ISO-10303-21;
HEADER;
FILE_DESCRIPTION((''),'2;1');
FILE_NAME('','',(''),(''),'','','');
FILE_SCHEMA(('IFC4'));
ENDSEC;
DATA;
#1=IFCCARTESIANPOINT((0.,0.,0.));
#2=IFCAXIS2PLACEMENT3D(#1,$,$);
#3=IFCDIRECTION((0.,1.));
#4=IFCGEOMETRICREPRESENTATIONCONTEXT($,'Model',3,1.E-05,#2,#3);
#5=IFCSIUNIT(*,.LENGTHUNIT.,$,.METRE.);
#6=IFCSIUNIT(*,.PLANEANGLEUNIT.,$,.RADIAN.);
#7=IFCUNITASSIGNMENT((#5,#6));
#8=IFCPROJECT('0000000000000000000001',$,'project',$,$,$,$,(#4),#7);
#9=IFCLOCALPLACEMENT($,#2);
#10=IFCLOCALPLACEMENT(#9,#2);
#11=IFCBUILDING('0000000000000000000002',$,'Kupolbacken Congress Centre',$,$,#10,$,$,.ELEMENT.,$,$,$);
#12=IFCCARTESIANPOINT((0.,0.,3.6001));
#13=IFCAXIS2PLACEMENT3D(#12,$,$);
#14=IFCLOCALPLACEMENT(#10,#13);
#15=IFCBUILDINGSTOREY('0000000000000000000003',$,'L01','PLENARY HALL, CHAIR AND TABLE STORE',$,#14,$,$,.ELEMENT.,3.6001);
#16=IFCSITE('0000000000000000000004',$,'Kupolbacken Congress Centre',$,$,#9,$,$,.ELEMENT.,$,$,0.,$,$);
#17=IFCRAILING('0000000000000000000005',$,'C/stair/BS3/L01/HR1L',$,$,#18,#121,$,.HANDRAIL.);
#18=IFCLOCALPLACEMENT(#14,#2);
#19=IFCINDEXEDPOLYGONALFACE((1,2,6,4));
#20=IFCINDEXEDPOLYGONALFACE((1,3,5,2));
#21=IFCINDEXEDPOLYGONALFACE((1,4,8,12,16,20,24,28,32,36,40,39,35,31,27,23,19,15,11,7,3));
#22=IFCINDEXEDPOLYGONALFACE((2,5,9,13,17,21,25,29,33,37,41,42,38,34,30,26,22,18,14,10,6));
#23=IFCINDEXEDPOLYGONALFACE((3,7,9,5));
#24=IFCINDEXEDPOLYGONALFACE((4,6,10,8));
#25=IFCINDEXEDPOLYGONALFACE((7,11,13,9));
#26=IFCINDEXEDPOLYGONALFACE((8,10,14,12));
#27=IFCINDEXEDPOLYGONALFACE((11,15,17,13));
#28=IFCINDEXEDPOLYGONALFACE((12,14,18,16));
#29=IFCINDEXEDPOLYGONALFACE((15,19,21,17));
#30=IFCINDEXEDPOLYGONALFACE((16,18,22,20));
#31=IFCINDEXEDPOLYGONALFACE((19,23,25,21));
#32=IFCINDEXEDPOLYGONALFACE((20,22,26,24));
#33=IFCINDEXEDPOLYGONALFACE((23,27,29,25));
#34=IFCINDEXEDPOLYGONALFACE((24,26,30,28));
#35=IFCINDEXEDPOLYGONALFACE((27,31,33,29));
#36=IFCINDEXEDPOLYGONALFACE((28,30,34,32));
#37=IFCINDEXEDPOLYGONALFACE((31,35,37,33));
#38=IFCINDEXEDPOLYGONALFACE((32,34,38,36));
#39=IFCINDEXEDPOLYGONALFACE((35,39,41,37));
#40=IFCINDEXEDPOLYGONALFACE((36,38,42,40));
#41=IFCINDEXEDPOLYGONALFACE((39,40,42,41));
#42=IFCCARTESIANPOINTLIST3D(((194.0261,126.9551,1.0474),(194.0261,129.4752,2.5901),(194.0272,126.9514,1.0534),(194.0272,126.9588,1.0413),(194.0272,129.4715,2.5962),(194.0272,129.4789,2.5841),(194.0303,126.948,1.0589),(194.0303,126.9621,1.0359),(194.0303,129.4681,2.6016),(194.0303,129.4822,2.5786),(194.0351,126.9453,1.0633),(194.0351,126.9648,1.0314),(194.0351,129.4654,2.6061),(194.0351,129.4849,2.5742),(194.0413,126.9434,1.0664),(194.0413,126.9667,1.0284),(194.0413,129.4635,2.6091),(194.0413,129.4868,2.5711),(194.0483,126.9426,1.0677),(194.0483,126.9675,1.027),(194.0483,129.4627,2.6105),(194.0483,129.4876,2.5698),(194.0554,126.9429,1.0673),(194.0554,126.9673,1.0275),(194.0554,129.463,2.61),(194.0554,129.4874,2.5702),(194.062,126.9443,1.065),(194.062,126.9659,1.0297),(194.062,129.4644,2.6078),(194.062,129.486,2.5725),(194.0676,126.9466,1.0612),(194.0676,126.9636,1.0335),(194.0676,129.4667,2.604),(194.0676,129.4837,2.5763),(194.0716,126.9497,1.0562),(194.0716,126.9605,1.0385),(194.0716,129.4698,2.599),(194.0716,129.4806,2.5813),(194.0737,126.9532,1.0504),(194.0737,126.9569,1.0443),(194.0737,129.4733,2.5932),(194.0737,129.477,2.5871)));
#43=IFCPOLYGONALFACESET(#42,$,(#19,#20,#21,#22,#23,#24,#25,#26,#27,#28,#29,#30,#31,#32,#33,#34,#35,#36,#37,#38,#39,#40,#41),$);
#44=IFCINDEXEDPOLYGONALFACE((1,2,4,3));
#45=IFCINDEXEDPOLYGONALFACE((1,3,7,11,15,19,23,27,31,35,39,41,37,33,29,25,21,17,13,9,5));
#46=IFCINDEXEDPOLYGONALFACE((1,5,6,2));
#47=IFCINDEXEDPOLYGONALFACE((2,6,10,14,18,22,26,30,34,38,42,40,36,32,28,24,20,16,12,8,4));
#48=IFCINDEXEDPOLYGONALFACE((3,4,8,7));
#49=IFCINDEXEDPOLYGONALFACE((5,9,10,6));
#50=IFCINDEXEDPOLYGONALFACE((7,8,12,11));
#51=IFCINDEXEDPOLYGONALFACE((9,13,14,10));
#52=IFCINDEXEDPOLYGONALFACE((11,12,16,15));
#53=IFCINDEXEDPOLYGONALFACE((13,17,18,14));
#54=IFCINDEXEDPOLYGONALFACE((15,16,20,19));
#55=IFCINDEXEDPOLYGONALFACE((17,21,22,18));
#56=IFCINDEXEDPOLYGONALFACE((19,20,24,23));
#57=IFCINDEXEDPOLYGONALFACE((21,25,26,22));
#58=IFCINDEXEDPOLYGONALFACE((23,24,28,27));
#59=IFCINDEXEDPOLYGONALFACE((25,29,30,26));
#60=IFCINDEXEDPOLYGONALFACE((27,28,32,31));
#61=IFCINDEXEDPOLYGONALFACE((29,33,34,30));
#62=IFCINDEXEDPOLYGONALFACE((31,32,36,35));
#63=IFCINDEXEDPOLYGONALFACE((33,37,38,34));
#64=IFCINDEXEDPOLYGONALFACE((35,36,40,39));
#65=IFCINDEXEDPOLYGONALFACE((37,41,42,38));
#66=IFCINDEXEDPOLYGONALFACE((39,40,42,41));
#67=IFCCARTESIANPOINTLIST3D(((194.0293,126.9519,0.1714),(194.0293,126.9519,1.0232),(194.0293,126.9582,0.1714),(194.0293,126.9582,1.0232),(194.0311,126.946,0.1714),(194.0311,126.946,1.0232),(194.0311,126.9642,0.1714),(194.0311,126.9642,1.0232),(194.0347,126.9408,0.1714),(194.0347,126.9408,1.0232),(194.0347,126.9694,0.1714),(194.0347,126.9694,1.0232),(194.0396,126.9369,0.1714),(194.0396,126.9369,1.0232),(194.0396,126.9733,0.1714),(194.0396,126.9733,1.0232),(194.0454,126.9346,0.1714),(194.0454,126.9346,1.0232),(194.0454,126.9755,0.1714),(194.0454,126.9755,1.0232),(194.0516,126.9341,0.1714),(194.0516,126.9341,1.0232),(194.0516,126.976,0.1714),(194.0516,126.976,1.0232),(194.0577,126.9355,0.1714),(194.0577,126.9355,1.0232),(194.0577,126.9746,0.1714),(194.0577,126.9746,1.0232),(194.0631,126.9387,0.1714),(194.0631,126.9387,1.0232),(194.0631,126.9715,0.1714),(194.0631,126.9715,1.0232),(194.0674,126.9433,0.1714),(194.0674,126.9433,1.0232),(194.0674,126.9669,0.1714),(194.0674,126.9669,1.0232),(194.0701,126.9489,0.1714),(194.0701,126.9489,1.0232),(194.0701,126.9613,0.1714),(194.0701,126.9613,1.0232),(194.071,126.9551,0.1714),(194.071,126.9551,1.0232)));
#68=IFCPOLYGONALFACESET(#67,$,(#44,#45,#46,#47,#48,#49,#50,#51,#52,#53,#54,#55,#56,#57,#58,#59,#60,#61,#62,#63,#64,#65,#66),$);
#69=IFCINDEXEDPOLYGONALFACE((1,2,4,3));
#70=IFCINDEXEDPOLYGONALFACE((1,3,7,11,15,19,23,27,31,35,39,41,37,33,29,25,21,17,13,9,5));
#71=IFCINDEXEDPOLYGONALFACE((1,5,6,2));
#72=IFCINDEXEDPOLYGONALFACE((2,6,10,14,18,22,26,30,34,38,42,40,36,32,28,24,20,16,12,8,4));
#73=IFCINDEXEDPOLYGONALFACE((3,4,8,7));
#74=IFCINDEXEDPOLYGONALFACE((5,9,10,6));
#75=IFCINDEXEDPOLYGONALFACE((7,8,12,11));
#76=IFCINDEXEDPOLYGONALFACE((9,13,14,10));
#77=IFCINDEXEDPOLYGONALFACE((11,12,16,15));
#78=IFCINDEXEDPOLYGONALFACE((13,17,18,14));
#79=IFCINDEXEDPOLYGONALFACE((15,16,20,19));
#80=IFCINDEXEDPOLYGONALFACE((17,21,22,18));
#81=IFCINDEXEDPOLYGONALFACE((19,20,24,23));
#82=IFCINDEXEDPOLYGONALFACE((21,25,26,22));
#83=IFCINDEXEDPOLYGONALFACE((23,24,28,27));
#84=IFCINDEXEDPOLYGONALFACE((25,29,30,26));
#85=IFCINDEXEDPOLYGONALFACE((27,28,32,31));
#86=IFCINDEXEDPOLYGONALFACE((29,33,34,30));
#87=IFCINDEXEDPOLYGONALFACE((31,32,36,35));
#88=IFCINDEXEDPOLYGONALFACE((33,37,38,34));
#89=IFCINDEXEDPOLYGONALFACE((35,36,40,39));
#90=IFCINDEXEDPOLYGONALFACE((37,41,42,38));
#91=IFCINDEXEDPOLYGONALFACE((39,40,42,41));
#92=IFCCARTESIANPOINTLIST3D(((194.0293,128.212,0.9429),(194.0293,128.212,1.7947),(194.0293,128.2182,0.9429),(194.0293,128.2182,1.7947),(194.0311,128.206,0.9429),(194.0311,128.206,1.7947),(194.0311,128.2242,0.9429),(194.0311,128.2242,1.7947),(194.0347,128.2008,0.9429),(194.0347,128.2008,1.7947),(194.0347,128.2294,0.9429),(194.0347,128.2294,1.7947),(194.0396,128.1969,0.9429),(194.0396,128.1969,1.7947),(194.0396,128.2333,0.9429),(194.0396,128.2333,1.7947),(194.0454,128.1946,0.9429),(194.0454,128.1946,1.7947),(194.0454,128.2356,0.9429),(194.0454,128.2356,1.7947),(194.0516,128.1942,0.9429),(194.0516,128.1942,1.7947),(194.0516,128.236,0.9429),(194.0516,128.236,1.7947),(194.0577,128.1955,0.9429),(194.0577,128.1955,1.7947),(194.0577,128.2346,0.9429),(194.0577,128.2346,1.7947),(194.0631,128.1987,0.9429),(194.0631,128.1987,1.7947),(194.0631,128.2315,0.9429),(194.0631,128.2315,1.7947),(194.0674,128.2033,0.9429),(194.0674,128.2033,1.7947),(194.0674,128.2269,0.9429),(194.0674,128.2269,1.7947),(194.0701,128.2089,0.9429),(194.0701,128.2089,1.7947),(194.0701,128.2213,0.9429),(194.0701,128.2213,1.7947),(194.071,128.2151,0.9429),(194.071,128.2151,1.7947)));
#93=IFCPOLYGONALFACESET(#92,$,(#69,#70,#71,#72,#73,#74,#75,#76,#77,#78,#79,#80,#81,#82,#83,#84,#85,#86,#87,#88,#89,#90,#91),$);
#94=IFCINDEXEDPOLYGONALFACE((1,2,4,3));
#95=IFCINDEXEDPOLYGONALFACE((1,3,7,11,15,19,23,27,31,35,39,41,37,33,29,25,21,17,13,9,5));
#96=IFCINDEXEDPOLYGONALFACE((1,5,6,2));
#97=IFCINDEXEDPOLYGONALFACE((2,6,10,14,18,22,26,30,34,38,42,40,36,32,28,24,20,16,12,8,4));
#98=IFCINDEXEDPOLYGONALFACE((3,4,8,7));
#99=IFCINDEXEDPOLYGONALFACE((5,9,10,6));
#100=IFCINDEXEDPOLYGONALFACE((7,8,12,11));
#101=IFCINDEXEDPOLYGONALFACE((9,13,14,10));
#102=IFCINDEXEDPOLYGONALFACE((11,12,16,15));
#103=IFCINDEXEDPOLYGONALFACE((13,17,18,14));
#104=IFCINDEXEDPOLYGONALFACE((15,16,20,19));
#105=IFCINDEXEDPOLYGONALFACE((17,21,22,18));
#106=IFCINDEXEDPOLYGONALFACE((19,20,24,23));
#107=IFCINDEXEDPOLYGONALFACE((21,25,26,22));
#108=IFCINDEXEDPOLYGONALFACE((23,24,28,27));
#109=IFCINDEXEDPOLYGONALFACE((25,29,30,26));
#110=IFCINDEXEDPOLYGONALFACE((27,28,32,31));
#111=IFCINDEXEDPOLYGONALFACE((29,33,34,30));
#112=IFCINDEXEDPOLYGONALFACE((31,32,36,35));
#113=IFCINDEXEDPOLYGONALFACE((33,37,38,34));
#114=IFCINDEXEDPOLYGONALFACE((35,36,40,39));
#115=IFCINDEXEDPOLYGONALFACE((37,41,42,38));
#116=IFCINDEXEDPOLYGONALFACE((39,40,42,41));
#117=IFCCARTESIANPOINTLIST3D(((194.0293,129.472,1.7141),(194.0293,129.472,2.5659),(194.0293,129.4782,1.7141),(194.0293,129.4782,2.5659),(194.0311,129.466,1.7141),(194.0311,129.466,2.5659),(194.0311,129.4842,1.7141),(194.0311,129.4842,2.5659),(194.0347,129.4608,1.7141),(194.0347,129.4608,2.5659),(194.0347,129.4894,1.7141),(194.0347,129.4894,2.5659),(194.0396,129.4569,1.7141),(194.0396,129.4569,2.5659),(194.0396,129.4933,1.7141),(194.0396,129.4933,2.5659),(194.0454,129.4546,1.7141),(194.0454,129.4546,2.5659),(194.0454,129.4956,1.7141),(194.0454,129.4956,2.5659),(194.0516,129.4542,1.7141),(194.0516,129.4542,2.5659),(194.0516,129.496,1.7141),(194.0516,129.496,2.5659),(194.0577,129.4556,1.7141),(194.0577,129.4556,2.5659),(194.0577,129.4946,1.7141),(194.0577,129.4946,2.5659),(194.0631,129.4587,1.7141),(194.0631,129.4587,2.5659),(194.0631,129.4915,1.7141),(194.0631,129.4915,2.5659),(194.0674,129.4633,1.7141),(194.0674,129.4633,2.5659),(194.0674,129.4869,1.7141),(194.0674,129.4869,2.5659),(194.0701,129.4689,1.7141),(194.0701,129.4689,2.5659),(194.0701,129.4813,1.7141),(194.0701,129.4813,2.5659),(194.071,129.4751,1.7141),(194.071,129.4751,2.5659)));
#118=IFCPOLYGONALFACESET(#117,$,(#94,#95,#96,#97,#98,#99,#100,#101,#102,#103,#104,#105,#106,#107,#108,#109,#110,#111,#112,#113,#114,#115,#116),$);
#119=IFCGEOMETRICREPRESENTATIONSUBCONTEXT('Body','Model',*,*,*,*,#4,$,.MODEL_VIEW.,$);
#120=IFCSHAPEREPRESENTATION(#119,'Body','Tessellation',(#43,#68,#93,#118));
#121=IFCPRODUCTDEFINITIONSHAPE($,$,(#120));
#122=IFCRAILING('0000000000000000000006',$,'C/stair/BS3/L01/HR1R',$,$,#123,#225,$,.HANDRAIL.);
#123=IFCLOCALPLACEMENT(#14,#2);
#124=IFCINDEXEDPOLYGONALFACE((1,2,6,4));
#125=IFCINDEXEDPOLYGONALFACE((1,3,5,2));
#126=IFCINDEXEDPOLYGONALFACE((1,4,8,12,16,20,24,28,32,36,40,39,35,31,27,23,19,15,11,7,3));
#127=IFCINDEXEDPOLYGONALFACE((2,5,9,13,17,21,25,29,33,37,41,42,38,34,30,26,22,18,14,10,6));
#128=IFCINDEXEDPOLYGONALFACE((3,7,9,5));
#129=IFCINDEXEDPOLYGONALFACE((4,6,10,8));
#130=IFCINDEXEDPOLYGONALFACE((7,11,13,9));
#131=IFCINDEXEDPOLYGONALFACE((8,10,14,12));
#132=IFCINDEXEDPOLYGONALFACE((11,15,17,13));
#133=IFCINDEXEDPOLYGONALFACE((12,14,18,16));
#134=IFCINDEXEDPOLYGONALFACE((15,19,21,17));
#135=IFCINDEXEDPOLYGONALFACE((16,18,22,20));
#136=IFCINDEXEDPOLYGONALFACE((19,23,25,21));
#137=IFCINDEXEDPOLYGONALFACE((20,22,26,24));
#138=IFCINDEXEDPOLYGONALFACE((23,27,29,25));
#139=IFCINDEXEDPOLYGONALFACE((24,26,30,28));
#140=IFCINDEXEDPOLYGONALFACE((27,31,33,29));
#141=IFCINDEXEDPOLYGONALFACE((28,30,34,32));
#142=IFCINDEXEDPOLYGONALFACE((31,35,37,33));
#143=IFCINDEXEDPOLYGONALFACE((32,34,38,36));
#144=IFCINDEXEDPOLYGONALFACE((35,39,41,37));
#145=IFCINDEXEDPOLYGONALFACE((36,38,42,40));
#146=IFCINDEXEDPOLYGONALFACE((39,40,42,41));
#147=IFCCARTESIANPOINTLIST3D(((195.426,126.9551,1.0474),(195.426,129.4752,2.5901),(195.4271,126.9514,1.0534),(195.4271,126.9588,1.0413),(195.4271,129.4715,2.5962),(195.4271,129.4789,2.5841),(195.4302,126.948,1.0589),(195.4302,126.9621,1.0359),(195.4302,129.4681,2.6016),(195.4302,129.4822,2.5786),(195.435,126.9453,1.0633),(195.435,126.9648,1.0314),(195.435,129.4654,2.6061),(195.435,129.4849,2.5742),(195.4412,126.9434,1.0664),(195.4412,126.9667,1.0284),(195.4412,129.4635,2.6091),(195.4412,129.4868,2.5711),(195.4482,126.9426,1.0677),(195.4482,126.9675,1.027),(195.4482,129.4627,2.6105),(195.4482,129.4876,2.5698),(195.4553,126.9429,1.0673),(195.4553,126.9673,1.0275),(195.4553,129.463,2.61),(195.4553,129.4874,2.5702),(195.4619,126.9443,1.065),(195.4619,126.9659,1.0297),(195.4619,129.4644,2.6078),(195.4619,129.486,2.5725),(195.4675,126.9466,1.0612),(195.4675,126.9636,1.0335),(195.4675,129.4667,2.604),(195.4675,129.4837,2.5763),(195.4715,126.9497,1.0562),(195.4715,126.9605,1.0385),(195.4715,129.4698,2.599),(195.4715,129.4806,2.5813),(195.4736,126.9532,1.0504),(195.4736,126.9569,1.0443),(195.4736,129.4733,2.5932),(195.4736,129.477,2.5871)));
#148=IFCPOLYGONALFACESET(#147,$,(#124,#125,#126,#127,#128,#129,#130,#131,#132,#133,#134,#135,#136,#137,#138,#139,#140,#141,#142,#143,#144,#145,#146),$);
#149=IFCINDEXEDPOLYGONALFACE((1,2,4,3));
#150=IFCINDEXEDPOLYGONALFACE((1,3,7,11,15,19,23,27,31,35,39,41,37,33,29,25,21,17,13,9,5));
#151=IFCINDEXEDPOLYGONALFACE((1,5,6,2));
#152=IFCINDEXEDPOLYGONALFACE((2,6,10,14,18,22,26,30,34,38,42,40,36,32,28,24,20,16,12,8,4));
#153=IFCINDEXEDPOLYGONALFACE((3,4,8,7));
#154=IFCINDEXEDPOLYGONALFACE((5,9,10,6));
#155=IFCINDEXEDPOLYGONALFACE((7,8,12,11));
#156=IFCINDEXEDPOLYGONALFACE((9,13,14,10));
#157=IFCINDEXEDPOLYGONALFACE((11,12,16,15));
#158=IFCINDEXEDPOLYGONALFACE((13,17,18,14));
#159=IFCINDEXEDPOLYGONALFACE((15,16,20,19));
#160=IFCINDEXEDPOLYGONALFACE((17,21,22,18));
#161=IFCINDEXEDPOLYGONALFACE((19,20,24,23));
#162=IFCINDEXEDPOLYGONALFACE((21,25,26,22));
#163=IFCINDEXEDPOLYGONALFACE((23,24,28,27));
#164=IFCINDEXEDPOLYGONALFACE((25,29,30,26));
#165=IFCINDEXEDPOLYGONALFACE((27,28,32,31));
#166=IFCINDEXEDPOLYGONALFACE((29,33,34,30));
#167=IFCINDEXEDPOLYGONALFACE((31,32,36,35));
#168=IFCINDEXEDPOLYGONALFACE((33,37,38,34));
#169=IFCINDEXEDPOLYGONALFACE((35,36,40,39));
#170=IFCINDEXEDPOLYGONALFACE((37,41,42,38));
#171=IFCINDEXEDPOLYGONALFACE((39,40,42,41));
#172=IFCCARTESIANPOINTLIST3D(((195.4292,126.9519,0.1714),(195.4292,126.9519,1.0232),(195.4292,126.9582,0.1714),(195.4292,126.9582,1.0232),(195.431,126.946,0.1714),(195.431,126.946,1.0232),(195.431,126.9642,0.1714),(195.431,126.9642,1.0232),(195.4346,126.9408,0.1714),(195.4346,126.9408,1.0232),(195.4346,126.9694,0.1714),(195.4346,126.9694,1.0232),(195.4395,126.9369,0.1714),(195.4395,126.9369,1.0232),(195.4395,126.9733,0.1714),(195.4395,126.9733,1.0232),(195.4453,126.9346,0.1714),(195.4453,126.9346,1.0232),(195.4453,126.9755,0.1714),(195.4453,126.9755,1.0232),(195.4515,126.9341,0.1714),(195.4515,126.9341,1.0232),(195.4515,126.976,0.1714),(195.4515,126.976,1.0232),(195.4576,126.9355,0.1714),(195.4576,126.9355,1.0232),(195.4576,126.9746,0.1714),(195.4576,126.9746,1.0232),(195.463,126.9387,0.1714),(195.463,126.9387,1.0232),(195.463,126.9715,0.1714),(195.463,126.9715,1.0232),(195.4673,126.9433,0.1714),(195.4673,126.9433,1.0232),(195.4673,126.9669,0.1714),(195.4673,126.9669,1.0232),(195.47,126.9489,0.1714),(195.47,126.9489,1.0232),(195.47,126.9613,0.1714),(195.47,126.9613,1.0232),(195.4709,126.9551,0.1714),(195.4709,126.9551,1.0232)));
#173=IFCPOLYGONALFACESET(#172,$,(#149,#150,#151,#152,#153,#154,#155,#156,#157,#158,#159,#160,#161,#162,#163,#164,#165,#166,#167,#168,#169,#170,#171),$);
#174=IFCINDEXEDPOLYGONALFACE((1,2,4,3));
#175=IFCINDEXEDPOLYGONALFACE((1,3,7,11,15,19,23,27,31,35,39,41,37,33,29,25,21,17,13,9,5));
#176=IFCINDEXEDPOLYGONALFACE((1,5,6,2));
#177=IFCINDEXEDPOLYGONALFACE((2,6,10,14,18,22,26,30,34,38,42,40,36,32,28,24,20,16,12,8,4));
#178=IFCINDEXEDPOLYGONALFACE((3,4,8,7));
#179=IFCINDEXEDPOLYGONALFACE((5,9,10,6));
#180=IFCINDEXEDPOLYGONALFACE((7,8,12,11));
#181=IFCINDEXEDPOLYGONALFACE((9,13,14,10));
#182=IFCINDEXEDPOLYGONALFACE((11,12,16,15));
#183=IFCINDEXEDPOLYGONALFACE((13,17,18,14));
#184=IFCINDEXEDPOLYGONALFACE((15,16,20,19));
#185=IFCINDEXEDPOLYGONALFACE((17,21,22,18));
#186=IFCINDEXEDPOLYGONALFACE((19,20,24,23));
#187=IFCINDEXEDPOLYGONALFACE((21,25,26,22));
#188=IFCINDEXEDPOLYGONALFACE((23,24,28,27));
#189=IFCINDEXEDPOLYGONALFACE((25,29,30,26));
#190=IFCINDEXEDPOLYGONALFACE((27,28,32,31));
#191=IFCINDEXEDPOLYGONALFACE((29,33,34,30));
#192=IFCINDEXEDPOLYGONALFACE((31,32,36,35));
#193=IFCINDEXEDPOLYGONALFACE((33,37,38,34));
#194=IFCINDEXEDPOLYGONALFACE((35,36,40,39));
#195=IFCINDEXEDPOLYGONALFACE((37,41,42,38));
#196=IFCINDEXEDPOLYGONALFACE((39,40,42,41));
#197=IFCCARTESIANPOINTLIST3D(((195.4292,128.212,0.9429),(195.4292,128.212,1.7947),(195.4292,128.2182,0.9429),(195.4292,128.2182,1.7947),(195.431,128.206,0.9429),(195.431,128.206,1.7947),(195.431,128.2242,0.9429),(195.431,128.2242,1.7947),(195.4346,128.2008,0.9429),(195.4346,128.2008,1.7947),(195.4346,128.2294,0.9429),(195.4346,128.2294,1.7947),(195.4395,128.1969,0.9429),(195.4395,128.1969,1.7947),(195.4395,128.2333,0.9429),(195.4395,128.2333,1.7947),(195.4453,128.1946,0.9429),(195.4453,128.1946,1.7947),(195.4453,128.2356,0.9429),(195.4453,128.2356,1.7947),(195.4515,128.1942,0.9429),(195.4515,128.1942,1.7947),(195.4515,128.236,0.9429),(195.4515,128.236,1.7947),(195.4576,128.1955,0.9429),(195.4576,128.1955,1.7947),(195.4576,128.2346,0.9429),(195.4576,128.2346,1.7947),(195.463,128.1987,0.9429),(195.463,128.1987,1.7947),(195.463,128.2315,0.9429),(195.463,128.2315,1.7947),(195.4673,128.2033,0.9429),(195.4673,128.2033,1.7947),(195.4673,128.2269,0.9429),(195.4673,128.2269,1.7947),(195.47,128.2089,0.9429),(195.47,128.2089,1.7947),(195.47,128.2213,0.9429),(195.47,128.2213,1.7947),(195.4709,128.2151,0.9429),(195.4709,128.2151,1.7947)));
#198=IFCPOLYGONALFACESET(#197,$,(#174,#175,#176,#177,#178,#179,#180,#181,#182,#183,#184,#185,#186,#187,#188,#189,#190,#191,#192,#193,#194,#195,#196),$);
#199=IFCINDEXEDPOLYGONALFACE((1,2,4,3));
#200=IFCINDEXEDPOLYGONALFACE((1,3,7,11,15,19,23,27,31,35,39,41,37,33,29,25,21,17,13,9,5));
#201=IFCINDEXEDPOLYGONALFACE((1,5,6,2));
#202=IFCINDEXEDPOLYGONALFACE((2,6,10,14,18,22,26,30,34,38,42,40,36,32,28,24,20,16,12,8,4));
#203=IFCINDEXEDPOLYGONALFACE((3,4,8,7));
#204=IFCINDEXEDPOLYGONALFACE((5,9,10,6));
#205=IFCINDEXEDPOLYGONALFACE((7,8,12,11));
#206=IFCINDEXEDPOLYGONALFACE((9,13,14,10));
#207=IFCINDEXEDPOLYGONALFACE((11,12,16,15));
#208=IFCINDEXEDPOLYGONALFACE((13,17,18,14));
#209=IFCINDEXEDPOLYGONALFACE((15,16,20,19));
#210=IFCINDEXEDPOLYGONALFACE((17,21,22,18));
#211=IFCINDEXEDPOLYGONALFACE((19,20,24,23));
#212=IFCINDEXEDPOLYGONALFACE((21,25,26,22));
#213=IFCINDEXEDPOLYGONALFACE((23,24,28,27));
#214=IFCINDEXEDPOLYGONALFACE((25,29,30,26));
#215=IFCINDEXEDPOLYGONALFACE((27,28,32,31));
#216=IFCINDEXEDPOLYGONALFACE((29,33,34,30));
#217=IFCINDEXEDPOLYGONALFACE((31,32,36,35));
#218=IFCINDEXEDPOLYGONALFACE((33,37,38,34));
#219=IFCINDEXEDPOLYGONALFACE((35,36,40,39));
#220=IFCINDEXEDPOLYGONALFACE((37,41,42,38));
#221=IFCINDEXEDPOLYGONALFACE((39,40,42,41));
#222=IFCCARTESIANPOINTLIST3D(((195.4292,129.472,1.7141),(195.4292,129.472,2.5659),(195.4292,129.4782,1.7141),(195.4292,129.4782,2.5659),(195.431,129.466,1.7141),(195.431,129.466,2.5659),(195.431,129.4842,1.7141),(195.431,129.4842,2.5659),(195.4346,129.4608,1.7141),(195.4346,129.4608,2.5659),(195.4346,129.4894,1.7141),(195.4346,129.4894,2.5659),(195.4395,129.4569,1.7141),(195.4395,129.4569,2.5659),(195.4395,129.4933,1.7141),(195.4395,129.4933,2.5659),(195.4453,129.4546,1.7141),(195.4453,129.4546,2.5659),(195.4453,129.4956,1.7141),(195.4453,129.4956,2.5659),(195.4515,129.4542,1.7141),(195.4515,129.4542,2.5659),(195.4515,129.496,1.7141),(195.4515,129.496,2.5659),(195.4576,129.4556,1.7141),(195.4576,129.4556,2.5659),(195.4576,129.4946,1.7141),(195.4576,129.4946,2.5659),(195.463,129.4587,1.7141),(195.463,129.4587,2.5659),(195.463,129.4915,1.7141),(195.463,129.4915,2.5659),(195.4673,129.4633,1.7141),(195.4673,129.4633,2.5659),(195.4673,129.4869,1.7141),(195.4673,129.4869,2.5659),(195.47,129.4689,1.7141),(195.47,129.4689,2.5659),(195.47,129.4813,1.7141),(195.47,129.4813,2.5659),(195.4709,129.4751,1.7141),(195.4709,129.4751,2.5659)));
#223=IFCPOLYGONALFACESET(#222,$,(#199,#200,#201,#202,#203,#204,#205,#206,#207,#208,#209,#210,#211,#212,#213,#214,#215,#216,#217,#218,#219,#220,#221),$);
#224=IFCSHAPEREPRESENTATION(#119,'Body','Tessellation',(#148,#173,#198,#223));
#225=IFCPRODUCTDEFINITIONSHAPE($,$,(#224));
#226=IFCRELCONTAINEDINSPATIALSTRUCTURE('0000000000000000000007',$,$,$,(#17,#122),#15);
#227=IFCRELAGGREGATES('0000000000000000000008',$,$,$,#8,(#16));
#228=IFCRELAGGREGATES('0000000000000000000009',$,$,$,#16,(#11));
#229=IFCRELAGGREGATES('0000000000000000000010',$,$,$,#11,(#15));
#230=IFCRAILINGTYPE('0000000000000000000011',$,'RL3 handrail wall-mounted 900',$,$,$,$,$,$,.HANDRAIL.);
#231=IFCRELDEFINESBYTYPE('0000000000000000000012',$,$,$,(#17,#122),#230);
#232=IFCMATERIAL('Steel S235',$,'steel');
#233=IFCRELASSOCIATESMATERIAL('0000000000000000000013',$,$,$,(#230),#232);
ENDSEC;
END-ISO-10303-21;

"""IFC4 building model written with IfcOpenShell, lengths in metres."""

from ifc_helpers import new_model, si_unit, direction, frame, origin, origin_2d, place, context, subcontext, project, spatial, circle, extrude, material, type_object, element, save


model = new_model("IFC4")

# Units and contexts
model_context = context("Model", 3, precision=1e-05, world=origin(), true_north=direction((0.0, 1.0)))
body_context = subcontext(model_context, "Body", "Model", "MODEL_VIEW")
ifc_project = project(units=[si_unit("LENGTHUNIT", "METRE"), si_unit("PLANEANGLEUNIT", "RADIAN")], contexts=[model_context])

# Site, building, storey
site_placement = place(None, origin())
site = spatial("IfcSite", under=ifc_project, at=site_placement, Name="Kupolbacken Congress Centre", CompositionType="ELEMENT", RefElevation=0.0)
building_placement = place(site_placement, origin())
building = spatial("IfcBuilding", under=site, at=building_placement, Name="Kupolbacken Congress Centre", CompositionType="ELEMENT")
storey_placement = place(building_placement, frame((0.0, 0.0, 3.6001)))
storey = spatial("IfcBuildingStorey", under=building, at=storey_placement, Name="L01", Description="PLENARY HALL, CHAIR AND TABLE STORE", CompositionType="ELEMENT", Elevation=3.6001)

# Railings
ifc_material_1 = material(Name="Steel S235", Category="steel")
railing_type = type_object("IfcRailingType", Name="RL3 handrail wall-mounted 900", PredefinedType="HANDRAIL", material=ifc_material_1)
for number, where, name in (
    (1, (194.05, 126.9551, 0.1714), "C/stair/BS3/L01/HR1L"),
    (2, (195.45, 126.9551, 0.1714), "C/stair/BS3/L01/HR1R"),
):
    element("IfcRailing", number, at=place(storey_placement, frame(where)), inside=storey, type_object=railing_type, Name=name, PredefinedType="HANDRAIL", context=body_context, shape_type="SweptSolid", body=[
        extrude(circle(Radius=0.0239, at=origin_2d()), frame((0.0, 0.0, 0.876), z_axis=(0.0, 0.852873, 0.522118), x_axis=(-1.0, 0.0, 0.0)), (0.0, 0.0, 1.0), 2.9548),
        extrude(circle(Radius=0.021, at=origin_2d()), origin(), (0.0, 0.0, 1.0), 0.8518),
        extrude(circle(Radius=0.021, at=origin_2d()), frame((0.0, 1.26, 0.7715)), (0.0, 0.0, 1.0), 0.8518),
        extrude(circle(Radius=0.021, at=origin_2d()), frame((0.0, 2.52, 1.5427)), (0.0, 0.0, 1.0), 0.8518),
    ])

save(model, "model.ifc")
